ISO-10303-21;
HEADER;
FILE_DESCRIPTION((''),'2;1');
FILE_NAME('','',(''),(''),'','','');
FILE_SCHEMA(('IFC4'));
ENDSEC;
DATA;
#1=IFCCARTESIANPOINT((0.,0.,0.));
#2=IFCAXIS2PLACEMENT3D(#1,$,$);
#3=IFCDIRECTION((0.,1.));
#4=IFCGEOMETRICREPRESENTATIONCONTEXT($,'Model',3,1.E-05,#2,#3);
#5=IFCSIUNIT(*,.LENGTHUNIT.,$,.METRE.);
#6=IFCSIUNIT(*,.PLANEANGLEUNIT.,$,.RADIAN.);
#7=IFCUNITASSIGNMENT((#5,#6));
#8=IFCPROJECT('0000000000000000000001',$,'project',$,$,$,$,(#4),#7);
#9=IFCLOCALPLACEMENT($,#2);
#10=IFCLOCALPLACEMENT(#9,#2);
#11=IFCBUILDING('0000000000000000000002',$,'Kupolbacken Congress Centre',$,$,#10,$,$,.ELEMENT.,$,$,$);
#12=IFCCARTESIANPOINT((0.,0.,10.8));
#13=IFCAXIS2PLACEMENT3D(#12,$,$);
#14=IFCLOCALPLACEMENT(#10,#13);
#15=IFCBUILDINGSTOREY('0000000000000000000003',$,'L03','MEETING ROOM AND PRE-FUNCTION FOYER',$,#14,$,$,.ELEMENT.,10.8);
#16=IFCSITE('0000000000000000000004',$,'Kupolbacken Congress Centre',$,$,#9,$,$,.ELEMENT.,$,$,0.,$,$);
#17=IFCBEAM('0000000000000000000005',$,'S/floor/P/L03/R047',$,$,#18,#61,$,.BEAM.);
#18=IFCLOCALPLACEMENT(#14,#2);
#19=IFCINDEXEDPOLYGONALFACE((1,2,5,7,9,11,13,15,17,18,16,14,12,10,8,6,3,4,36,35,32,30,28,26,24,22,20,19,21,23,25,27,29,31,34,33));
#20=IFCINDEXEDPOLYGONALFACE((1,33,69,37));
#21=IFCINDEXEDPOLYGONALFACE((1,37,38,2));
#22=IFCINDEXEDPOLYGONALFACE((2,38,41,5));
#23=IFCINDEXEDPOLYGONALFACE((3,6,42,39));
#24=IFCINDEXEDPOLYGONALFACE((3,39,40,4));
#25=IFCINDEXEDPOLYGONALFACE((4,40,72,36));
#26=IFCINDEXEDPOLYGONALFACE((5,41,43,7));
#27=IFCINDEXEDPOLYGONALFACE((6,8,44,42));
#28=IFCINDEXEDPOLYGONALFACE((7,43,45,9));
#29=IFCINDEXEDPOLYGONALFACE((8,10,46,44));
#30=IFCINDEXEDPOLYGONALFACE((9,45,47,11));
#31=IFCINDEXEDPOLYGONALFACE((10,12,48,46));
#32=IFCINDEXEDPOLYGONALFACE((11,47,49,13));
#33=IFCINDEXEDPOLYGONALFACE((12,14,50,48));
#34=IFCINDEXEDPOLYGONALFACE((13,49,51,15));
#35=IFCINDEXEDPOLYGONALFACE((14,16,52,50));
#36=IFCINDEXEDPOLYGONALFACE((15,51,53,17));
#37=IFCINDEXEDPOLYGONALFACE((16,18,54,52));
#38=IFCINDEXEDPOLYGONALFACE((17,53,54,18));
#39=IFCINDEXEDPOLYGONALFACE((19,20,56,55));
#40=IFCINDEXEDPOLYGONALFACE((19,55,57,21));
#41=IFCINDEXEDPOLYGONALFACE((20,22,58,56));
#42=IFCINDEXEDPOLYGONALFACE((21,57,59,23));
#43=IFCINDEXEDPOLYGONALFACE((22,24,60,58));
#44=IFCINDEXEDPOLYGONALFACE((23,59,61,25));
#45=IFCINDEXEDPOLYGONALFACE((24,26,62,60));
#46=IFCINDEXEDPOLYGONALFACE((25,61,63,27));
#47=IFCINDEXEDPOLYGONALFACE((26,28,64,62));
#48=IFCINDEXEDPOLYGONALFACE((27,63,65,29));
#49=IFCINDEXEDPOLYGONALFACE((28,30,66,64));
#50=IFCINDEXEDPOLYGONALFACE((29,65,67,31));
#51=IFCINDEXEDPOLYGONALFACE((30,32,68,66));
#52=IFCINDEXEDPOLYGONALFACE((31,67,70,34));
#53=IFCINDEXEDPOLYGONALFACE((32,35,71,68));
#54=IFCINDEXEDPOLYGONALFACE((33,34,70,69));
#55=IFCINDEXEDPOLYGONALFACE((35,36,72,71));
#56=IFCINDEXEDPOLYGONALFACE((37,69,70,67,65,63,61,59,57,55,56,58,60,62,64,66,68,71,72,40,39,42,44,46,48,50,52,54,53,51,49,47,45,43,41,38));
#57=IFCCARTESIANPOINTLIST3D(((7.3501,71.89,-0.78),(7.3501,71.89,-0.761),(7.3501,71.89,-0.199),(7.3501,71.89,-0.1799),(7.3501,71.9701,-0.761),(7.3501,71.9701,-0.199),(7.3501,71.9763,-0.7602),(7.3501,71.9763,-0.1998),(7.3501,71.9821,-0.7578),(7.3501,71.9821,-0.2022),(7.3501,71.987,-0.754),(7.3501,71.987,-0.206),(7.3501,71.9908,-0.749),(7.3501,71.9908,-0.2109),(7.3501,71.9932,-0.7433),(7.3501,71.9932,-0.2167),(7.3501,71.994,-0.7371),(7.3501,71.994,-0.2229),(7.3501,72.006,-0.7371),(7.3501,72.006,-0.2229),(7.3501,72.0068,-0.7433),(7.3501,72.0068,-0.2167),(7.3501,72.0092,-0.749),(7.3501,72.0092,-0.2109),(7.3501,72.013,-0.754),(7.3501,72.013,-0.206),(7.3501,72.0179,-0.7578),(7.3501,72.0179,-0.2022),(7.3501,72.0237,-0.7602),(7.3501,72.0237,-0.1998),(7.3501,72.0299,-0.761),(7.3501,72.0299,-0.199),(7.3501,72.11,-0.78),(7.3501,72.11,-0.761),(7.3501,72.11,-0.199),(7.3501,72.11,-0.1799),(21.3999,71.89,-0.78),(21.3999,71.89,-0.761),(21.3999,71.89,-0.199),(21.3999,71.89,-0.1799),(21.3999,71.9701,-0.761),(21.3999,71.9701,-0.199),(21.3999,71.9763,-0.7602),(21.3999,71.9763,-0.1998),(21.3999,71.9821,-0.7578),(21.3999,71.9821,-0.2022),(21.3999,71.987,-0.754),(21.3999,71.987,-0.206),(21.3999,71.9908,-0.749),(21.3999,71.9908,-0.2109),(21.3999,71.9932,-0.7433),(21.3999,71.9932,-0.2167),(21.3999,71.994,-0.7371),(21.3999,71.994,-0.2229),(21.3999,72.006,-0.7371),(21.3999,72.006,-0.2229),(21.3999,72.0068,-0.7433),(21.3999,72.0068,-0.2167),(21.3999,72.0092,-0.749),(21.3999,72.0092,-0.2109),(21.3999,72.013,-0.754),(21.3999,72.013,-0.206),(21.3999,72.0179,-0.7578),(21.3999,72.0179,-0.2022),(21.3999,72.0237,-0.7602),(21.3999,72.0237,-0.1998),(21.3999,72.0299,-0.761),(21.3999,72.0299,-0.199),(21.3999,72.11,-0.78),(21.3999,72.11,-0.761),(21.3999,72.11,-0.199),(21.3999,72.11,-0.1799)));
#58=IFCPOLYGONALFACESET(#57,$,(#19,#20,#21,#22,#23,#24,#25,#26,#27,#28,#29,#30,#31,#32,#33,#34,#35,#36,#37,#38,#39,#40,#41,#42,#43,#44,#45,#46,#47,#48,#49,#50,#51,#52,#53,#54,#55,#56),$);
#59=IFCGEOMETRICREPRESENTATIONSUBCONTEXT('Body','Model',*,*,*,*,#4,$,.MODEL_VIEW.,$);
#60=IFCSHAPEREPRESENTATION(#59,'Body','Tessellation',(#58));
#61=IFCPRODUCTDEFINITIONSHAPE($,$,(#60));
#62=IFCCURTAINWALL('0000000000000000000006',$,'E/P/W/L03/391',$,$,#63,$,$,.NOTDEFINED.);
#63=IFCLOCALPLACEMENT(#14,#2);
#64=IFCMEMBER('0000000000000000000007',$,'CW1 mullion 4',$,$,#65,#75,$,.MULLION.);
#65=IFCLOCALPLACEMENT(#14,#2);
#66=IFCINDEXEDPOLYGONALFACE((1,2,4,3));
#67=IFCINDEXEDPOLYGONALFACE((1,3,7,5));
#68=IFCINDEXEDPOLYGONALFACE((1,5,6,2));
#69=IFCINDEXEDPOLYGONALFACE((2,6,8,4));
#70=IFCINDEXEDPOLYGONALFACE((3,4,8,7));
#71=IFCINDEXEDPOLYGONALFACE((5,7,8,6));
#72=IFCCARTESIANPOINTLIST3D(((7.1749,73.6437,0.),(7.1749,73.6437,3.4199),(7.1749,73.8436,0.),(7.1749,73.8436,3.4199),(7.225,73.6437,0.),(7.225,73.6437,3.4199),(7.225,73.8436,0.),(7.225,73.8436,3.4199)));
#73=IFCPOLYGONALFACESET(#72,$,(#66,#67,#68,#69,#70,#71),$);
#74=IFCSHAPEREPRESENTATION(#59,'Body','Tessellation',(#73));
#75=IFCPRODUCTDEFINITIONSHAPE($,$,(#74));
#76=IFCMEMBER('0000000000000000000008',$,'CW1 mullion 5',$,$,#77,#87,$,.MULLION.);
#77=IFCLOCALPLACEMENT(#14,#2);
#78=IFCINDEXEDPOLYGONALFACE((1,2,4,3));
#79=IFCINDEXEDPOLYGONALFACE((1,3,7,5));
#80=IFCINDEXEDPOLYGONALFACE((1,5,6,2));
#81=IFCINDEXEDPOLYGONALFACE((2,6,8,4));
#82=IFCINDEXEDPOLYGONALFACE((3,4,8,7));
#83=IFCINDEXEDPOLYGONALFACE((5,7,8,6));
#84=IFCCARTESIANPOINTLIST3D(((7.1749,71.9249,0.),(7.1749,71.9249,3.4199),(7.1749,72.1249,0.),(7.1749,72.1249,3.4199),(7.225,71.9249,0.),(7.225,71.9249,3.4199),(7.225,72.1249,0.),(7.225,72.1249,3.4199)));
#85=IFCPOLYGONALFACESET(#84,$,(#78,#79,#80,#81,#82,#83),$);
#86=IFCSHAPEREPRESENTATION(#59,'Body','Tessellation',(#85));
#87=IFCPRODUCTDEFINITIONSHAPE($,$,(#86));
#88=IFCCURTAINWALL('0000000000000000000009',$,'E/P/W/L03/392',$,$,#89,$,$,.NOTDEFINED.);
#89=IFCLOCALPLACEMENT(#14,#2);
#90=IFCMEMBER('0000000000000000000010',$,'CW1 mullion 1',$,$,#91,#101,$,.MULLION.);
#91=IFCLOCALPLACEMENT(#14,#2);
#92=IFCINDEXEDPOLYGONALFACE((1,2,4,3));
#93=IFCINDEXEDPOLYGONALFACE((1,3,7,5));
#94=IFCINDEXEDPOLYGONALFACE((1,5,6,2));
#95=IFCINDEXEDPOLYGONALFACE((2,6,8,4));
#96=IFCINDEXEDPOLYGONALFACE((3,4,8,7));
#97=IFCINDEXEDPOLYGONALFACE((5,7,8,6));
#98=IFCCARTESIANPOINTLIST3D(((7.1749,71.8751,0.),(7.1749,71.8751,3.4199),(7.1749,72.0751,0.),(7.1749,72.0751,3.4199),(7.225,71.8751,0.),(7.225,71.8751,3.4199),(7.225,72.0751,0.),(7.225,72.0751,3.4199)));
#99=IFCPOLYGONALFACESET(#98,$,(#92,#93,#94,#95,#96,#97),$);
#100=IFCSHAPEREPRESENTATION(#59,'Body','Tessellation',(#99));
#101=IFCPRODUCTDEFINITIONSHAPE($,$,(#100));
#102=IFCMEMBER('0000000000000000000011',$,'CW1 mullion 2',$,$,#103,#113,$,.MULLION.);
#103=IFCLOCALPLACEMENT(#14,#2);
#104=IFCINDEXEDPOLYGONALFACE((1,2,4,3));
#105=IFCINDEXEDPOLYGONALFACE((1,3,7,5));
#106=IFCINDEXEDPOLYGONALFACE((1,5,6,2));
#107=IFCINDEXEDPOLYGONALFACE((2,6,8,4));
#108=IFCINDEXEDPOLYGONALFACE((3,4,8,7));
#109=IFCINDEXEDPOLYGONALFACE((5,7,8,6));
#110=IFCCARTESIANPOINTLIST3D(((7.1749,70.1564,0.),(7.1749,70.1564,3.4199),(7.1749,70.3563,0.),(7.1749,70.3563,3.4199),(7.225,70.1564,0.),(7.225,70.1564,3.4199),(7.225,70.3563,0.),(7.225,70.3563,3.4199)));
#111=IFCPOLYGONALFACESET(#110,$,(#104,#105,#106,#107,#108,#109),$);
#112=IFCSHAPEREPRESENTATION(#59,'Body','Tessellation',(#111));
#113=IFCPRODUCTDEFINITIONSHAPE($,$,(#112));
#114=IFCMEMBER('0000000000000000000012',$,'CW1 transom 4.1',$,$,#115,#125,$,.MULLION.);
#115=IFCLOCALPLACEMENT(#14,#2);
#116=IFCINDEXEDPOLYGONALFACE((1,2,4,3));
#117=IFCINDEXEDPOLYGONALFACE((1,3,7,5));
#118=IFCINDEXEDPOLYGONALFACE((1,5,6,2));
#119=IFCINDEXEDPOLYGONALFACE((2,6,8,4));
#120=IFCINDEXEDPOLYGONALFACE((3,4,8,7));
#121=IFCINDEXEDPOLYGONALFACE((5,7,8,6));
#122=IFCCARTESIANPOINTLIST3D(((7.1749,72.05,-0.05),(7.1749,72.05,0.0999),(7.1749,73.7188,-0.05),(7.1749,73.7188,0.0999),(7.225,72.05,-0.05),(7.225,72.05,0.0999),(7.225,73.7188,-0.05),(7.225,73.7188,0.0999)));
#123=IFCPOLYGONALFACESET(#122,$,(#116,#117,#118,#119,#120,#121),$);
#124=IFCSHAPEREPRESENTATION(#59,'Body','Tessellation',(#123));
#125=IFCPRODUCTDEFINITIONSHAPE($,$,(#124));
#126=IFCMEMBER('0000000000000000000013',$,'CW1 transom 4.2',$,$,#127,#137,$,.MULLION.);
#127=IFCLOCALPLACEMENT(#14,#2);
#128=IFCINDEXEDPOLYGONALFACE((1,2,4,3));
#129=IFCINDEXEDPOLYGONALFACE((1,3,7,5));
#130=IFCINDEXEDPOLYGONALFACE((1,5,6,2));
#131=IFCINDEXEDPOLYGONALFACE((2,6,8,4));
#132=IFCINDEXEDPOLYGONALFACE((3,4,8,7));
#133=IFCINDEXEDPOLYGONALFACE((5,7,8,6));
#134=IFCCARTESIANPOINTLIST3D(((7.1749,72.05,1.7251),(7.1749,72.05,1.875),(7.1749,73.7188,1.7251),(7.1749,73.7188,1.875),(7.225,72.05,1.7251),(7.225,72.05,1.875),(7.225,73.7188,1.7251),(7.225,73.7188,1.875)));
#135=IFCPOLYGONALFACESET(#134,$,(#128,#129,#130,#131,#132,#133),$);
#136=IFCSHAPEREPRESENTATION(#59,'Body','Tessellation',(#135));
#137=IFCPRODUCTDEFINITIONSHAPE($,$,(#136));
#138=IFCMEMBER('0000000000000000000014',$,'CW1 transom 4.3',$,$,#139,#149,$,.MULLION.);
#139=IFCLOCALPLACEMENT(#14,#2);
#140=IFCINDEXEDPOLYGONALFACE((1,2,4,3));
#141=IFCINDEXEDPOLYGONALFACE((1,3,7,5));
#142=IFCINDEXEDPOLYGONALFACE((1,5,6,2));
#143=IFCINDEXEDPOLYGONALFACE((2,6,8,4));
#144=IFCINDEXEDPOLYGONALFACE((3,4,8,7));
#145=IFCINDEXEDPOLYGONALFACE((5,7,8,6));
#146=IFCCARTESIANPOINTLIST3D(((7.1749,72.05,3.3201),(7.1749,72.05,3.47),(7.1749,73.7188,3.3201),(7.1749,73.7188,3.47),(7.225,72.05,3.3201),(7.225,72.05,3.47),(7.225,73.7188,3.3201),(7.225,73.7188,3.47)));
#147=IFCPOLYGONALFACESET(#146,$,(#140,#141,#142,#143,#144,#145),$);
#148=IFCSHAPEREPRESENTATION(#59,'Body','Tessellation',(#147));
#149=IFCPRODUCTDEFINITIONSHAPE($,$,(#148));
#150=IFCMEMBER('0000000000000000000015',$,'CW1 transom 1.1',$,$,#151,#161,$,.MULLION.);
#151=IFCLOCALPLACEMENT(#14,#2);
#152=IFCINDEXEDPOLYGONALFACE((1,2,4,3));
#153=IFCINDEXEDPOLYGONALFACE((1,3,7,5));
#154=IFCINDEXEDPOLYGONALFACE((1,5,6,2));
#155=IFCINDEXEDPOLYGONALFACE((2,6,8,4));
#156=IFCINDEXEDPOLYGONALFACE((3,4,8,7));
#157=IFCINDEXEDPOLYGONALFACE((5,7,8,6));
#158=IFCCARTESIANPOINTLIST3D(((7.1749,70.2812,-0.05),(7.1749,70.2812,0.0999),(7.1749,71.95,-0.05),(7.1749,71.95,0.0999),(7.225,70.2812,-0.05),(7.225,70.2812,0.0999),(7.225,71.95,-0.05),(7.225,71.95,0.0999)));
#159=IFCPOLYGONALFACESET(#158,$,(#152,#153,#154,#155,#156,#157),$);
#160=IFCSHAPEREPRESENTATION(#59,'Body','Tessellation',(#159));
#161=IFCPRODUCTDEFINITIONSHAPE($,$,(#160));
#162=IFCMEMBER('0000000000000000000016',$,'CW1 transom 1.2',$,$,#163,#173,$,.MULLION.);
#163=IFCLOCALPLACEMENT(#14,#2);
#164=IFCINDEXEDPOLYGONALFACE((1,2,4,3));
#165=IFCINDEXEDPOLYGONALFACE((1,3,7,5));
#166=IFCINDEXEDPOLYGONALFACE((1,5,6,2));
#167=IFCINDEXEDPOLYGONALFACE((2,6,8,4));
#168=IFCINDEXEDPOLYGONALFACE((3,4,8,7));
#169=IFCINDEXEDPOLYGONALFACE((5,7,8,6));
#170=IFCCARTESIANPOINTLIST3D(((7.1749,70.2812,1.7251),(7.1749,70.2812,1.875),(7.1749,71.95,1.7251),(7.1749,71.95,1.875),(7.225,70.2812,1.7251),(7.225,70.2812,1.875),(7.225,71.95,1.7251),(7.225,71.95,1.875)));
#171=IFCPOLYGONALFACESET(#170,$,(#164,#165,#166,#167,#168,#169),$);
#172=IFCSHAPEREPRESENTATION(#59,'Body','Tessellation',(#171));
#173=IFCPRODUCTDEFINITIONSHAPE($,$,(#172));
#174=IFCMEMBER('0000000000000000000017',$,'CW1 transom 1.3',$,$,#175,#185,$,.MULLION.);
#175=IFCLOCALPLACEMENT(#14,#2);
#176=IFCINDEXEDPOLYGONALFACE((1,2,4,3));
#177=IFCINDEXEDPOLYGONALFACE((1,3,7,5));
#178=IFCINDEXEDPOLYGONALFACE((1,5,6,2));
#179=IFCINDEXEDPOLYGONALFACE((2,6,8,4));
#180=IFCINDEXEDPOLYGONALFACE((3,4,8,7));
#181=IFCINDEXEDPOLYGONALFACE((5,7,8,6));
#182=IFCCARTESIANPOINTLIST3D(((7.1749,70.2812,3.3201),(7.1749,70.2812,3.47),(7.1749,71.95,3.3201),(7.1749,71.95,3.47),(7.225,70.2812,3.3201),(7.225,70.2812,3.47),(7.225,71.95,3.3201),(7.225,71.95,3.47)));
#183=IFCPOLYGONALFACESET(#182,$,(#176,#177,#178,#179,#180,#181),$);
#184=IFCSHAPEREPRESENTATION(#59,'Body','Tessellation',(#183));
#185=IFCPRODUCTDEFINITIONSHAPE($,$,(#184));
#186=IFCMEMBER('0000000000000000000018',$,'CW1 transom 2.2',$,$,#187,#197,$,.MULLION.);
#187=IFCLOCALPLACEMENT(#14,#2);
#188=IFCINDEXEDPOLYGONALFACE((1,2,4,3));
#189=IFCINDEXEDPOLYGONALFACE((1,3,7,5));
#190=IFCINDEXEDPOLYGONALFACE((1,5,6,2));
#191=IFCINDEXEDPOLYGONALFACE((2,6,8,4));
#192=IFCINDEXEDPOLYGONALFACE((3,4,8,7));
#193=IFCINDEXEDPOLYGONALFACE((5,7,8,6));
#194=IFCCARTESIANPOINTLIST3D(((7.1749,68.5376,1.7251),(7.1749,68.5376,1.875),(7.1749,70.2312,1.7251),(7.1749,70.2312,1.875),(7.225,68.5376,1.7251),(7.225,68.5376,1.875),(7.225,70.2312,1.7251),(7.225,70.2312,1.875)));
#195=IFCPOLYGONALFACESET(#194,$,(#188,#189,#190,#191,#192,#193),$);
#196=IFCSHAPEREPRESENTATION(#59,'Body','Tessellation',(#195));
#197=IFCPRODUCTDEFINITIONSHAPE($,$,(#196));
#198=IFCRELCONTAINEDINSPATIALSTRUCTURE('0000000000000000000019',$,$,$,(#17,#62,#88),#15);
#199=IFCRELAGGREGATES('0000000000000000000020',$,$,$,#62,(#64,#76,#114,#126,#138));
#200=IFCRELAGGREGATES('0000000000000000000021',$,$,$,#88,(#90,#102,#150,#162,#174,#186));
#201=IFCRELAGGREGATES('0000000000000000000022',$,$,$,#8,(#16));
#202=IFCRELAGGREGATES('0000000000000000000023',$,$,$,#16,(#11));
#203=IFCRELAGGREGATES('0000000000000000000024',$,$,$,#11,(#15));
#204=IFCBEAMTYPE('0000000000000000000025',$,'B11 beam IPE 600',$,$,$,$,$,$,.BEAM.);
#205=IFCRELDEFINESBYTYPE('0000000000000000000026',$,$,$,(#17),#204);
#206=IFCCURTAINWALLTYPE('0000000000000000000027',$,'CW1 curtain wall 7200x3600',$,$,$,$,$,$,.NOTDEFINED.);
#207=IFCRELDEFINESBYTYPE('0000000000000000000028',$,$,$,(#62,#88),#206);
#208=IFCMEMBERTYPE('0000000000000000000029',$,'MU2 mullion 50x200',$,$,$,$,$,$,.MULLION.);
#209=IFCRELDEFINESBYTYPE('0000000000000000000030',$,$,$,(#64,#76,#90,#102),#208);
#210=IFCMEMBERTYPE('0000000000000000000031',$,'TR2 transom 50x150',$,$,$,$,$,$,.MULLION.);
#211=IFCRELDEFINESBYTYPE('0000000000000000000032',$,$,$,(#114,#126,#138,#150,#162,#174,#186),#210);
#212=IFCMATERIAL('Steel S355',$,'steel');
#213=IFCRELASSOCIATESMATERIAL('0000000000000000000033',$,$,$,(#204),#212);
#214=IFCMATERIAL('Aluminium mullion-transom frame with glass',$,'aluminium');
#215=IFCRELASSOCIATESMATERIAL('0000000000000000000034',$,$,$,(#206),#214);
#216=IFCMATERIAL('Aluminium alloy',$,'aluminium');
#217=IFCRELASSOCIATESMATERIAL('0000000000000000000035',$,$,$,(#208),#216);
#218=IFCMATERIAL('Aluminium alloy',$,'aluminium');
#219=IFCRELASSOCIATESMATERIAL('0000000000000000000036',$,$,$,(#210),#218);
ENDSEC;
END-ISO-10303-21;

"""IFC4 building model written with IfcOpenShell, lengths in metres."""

from ifc_helpers import new_model, si_unit, direction, frame, origin, origin_2d, place, context, subcontext, project, spatial, rectangle, i_section, extrude, material, material_profile, profile_set, type_object, element, aggregate, save


model = new_model("IFC4")

# Units and contexts
model_context = context("Model", 3, precision=1e-05, world=origin(), true_north=direction((0.0, 1.0)))
body_context = subcontext(model_context, "Body", "Model", "MODEL_VIEW")
ifc_project = project(units=[si_unit("LENGTHUNIT", "METRE"), si_unit("PLANEANGLEUNIT", "RADIAN")], contexts=[model_context])

# Site, building, storey
site_placement = place(None, origin())
site = spatial("IfcSite", under=ifc_project, at=site_placement, Name="Kupolbacken Congress Centre", CompositionType="ELEMENT", RefElevation=0.0)
building_placement = place(site_placement, origin())
building = spatial("IfcBuilding", under=site, at=building_placement, Name="Kupolbacken Congress Centre", CompositionType="ELEMENT")
storey_placement = place(building_placement, frame((0.0, 0.0, 10.8)))
storey = spatial("IfcBuildingStorey", under=building, at=storey_placement, Name="L03", Description="MEETING ROOM AND PRE-FUNCTION FOYER", CompositionType="ELEMENT", Elevation=10.8)

# Beam
ifc_material_1 = material(Name="Steel S355", Category="steel")
ifc_material_profile_1 = material_profile(ifc_material_1, i_section(OverallWidth=0.22, OverallDepth=0.6001, WebThickness=0.012, FlangeThickness=0.019, FilletRadius=0.0239, at=origin_2d()), Name="IPE 600")
ifc_profile_set_1 = profile_set([ifc_material_profile_1], Name="Steel S355")
beam_type = type_object("IfcBeamType", Name="B11 beam IPE 600", PredefinedType="BEAM", material=ifc_profile_set_1)
beam_placement = place(storey_placement, frame((7.3501, 72.0, -0.48), z_axis=(1.0, 0.0, 0.0), x_axis=(0.0, 1.0, 0.0)))
element("IfcBeam", 1, at=beam_placement, inside=storey, type_object=beam_type, Name="S/floor/P/L03/R047", PredefinedType="BEAM", context=body_context, shape_type="SweptSolid", body=[
    extrude(i_section(OverallWidth=0.22, OverallDepth=0.6001, WebThickness=0.012, FlangeThickness=0.019, FilletRadius=0.0239, at=origin_2d()), origin(), (0.0, 0.0, 1.0), 14.0498),
])

# Curtain walls, members
ifc_material_2 = material(Name="Aluminium mullion-transom frame with glass", Category="aluminium")
curtain_wall_type = type_object("IfcCurtainWallType", Name="CW1 curtain wall 7200x3600", PredefinedType="NOTDEFINED", material=ifc_material_2)
curtain_wall_1_placement = place(storey_placement, origin())
curtain_wall_1 = element("IfcCurtainWall", 2, at=curtain_wall_1_placement, inside=storey, type_object=curtain_wall_type, Name="E/P/W/L03/391", PredefinedType="NOTDEFINED")
ifc_material_3 = material(Name="Aluminium alloy", Category="aluminium")
ifc_material_profile_2 = material_profile(ifc_material_3, rectangle(XDim=0.05, YDim=0.2, at=origin_2d()), Name="50 x 200")
ifc_profile_set_2 = profile_set([ifc_material_profile_2], Name="Aluminium alloy")
member_type_1 = type_object("IfcMemberType", Name="MU2 mullion 50x200", PredefinedType="MULLION", material=ifc_profile_set_2)
member_1_placement = place(storey_placement, frame((7.2, 73.7437, 0.0), z_axis=(0.0, 0.0, 1.0), x_axis=(1.0, 0.0, 0.0)))
member_1 = element("IfcMember", 3, at=member_1_placement, type_object=member_type_1, Name="CW1 mullion 4", PredefinedType="MULLION", context=body_context, shape_type="SweptSolid", body=[
    extrude(rectangle(XDim=0.05, YDim=0.2, at=origin_2d()), origin(), (0.0, 0.0, 1.0), 3.4199),
])
member_2_placement = place(storey_placement, frame((7.2, 72.0249, 0.0), z_axis=(0.0, 0.0, 1.0), x_axis=(1.0, 0.0, 0.0)))
member_2 = element("IfcMember", 4, at=member_2_placement, type_object=member_type_1, Name="CW1 mullion 5", PredefinedType="MULLION", context=body_context, shape_type="SweptSolid", body=[
    extrude(rectangle(XDim=0.05, YDim=0.2, at=origin_2d()), origin(), (0.0, 0.0, 1.0), 3.4199),
])
curtain_wall_2_placement = place(storey_placement, origin())
curtain_wall_2 = element("IfcCurtainWall", 5, at=curtain_wall_2_placement, inside=storey, type_object=curtain_wall_type, Name="E/P/W/L03/392", PredefinedType="NOTDEFINED")
member_3_placement = place(storey_placement, frame((7.2, 71.9751, 0.0), z_axis=(0.0, 0.0, 1.0), x_axis=(1.0, 0.0, 0.0)))
member_3 = element("IfcMember", 6, at=member_3_placement, type_object=member_type_1, Name="CW1 mullion 1", PredefinedType="MULLION", context=body_context, shape_type="SweptSolid", body=[
    extrude(rectangle(XDim=0.05, YDim=0.2, at=origin_2d()), origin(), (0.0, 0.0, 1.0), 3.4199),
])
member_4_placement = place(storey_placement, frame((7.2, 70.2563, 0.0), z_axis=(0.0, 0.0, 1.0), x_axis=(1.0, 0.0, 0.0)))
member_4 = element("IfcMember", 7, at=member_4_placement, type_object=member_type_1, Name="CW1 mullion 2", PredefinedType="MULLION", context=body_context, shape_type="SweptSolid", body=[
    extrude(rectangle(XDim=0.05, YDim=0.2, at=origin_2d()), origin(), (0.0, 0.0, 1.0), 3.4199),
])

# Members
ifc_material_4 = material(Name="Aluminium alloy", Category="aluminium")
ifc_material_profile_3 = material_profile(ifc_material_4, rectangle(XDim=0.05, YDim=0.1499, at=origin_2d()), Name="50 x 150")
ifc_profile_set_3 = profile_set([ifc_material_profile_3], Name="Aluminium alloy")
member_type_2 = type_object("IfcMemberType", Name="TR2 transom 50x150", PredefinedType="MULLION", material=ifc_profile_set_3)
member_5_placement = place(storey_placement, frame((7.2, 73.7188, 0.0249), z_axis=(0.0, -1.0, 0.0), x_axis=(1.0, 0.0, 0.0)))
member_5 = element("IfcMember", 8, at=member_5_placement, type_object=member_type_2, Name="CW1 transom 4.1", PredefinedType="MULLION", context=body_context, shape_type="SweptSolid", body=[
    extrude(rectangle(XDim=0.05, YDim=0.1499, at=origin_2d()), origin(), (0.0, 0.0, 1.0), 1.6687),
])
member_6_placement = place(storey_placement, frame((7.2, 73.7188, 1.8), z_axis=(0.0, -1.0, 0.0), x_axis=(1.0, 0.0, 0.0)))
member_6 = element("IfcMember", 9, at=member_6_placement, type_object=member_type_2, Name="CW1 transom 4.2", PredefinedType="MULLION", context=body_context, shape_type="SweptSolid", body=[
    extrude(rectangle(XDim=0.05, YDim=0.1499, at=origin_2d()), origin(), (0.0, 0.0, 1.0), 1.6687),
])
member_7_placement = place(storey_placement, frame((7.2, 73.7188, 3.395), z_axis=(0.0, -1.0, 0.0), x_axis=(1.0, 0.0, 0.0)))
member_7 = element("IfcMember", 10, at=member_7_placement, type_object=member_type_2, Name="CW1 transom 4.3", PredefinedType="MULLION", context=body_context, shape_type="SweptSolid", body=[
    extrude(rectangle(XDim=0.05, YDim=0.1499, at=origin_2d()), origin(), (0.0, 0.0, 1.0), 1.6687),
])
member_8_placement = place(storey_placement, frame((7.2, 71.95, 0.0249), z_axis=(0.0, -1.0, 0.0), x_axis=(1.0, 0.0, 0.0)))
member_8 = element("IfcMember", 11, at=member_8_placement, type_object=member_type_2, Name="CW1 transom 1.1", PredefinedType="MULLION", context=body_context, shape_type="SweptSolid", body=[
    extrude(rectangle(XDim=0.05, YDim=0.1499, at=origin_2d()), origin(), (0.0, 0.0, 1.0), 1.6687),
])
member_9_placement = place(storey_placement, frame((7.2, 71.95, 1.8), z_axis=(0.0, -1.0, 0.0), x_axis=(1.0, 0.0, 0.0)))
member_9 = element("IfcMember", 12, at=member_9_placement, type_object=member_type_2, Name="CW1 transom 1.2", PredefinedType="MULLION", context=body_context, shape_type="SweptSolid", body=[
    extrude(rectangle(XDim=0.05, YDim=0.1499, at=origin_2d()), origin(), (0.0, 0.0, 1.0), 1.6687),
])
member_10_placement = place(storey_placement, frame((7.2, 71.95, 3.395), z_axis=(0.0, -1.0, 0.0), x_axis=(1.0, 0.0, 0.0)))
member_10 = element("IfcMember", 13, at=member_10_placement, type_object=member_type_2, Name="CW1 transom 1.3", PredefinedType="MULLION", context=body_context, shape_type="SweptSolid", body=[
    extrude(rectangle(XDim=0.05, YDim=0.1499, at=origin_2d()), origin(), (0.0, 0.0, 1.0), 1.6687),
])
member_11_placement = place(storey_placement, frame((7.2, 70.2312, 1.8), z_axis=(0.0, -1.0, 0.0), x_axis=(1.0, 0.0, 0.0)))
member_11 = element("IfcMember", 14, at=member_11_placement, type_object=member_type_2, Name="CW1 transom 2.2", PredefinedType="MULLION", context=body_context, shape_type="SweptSolid", body=[
    extrude(rectangle(XDim=0.05, YDim=0.1499, at=origin_2d()), origin(), (0.0, 0.0, 1.0), 1.6936),
])

aggregate(curtain_wall_1, [member_1, member_2, member_5, member_6, member_7])
aggregate(curtain_wall_2, [member_3, member_4, member_8, member_9, member_10, member_11])

save(model, "model.ifc")
